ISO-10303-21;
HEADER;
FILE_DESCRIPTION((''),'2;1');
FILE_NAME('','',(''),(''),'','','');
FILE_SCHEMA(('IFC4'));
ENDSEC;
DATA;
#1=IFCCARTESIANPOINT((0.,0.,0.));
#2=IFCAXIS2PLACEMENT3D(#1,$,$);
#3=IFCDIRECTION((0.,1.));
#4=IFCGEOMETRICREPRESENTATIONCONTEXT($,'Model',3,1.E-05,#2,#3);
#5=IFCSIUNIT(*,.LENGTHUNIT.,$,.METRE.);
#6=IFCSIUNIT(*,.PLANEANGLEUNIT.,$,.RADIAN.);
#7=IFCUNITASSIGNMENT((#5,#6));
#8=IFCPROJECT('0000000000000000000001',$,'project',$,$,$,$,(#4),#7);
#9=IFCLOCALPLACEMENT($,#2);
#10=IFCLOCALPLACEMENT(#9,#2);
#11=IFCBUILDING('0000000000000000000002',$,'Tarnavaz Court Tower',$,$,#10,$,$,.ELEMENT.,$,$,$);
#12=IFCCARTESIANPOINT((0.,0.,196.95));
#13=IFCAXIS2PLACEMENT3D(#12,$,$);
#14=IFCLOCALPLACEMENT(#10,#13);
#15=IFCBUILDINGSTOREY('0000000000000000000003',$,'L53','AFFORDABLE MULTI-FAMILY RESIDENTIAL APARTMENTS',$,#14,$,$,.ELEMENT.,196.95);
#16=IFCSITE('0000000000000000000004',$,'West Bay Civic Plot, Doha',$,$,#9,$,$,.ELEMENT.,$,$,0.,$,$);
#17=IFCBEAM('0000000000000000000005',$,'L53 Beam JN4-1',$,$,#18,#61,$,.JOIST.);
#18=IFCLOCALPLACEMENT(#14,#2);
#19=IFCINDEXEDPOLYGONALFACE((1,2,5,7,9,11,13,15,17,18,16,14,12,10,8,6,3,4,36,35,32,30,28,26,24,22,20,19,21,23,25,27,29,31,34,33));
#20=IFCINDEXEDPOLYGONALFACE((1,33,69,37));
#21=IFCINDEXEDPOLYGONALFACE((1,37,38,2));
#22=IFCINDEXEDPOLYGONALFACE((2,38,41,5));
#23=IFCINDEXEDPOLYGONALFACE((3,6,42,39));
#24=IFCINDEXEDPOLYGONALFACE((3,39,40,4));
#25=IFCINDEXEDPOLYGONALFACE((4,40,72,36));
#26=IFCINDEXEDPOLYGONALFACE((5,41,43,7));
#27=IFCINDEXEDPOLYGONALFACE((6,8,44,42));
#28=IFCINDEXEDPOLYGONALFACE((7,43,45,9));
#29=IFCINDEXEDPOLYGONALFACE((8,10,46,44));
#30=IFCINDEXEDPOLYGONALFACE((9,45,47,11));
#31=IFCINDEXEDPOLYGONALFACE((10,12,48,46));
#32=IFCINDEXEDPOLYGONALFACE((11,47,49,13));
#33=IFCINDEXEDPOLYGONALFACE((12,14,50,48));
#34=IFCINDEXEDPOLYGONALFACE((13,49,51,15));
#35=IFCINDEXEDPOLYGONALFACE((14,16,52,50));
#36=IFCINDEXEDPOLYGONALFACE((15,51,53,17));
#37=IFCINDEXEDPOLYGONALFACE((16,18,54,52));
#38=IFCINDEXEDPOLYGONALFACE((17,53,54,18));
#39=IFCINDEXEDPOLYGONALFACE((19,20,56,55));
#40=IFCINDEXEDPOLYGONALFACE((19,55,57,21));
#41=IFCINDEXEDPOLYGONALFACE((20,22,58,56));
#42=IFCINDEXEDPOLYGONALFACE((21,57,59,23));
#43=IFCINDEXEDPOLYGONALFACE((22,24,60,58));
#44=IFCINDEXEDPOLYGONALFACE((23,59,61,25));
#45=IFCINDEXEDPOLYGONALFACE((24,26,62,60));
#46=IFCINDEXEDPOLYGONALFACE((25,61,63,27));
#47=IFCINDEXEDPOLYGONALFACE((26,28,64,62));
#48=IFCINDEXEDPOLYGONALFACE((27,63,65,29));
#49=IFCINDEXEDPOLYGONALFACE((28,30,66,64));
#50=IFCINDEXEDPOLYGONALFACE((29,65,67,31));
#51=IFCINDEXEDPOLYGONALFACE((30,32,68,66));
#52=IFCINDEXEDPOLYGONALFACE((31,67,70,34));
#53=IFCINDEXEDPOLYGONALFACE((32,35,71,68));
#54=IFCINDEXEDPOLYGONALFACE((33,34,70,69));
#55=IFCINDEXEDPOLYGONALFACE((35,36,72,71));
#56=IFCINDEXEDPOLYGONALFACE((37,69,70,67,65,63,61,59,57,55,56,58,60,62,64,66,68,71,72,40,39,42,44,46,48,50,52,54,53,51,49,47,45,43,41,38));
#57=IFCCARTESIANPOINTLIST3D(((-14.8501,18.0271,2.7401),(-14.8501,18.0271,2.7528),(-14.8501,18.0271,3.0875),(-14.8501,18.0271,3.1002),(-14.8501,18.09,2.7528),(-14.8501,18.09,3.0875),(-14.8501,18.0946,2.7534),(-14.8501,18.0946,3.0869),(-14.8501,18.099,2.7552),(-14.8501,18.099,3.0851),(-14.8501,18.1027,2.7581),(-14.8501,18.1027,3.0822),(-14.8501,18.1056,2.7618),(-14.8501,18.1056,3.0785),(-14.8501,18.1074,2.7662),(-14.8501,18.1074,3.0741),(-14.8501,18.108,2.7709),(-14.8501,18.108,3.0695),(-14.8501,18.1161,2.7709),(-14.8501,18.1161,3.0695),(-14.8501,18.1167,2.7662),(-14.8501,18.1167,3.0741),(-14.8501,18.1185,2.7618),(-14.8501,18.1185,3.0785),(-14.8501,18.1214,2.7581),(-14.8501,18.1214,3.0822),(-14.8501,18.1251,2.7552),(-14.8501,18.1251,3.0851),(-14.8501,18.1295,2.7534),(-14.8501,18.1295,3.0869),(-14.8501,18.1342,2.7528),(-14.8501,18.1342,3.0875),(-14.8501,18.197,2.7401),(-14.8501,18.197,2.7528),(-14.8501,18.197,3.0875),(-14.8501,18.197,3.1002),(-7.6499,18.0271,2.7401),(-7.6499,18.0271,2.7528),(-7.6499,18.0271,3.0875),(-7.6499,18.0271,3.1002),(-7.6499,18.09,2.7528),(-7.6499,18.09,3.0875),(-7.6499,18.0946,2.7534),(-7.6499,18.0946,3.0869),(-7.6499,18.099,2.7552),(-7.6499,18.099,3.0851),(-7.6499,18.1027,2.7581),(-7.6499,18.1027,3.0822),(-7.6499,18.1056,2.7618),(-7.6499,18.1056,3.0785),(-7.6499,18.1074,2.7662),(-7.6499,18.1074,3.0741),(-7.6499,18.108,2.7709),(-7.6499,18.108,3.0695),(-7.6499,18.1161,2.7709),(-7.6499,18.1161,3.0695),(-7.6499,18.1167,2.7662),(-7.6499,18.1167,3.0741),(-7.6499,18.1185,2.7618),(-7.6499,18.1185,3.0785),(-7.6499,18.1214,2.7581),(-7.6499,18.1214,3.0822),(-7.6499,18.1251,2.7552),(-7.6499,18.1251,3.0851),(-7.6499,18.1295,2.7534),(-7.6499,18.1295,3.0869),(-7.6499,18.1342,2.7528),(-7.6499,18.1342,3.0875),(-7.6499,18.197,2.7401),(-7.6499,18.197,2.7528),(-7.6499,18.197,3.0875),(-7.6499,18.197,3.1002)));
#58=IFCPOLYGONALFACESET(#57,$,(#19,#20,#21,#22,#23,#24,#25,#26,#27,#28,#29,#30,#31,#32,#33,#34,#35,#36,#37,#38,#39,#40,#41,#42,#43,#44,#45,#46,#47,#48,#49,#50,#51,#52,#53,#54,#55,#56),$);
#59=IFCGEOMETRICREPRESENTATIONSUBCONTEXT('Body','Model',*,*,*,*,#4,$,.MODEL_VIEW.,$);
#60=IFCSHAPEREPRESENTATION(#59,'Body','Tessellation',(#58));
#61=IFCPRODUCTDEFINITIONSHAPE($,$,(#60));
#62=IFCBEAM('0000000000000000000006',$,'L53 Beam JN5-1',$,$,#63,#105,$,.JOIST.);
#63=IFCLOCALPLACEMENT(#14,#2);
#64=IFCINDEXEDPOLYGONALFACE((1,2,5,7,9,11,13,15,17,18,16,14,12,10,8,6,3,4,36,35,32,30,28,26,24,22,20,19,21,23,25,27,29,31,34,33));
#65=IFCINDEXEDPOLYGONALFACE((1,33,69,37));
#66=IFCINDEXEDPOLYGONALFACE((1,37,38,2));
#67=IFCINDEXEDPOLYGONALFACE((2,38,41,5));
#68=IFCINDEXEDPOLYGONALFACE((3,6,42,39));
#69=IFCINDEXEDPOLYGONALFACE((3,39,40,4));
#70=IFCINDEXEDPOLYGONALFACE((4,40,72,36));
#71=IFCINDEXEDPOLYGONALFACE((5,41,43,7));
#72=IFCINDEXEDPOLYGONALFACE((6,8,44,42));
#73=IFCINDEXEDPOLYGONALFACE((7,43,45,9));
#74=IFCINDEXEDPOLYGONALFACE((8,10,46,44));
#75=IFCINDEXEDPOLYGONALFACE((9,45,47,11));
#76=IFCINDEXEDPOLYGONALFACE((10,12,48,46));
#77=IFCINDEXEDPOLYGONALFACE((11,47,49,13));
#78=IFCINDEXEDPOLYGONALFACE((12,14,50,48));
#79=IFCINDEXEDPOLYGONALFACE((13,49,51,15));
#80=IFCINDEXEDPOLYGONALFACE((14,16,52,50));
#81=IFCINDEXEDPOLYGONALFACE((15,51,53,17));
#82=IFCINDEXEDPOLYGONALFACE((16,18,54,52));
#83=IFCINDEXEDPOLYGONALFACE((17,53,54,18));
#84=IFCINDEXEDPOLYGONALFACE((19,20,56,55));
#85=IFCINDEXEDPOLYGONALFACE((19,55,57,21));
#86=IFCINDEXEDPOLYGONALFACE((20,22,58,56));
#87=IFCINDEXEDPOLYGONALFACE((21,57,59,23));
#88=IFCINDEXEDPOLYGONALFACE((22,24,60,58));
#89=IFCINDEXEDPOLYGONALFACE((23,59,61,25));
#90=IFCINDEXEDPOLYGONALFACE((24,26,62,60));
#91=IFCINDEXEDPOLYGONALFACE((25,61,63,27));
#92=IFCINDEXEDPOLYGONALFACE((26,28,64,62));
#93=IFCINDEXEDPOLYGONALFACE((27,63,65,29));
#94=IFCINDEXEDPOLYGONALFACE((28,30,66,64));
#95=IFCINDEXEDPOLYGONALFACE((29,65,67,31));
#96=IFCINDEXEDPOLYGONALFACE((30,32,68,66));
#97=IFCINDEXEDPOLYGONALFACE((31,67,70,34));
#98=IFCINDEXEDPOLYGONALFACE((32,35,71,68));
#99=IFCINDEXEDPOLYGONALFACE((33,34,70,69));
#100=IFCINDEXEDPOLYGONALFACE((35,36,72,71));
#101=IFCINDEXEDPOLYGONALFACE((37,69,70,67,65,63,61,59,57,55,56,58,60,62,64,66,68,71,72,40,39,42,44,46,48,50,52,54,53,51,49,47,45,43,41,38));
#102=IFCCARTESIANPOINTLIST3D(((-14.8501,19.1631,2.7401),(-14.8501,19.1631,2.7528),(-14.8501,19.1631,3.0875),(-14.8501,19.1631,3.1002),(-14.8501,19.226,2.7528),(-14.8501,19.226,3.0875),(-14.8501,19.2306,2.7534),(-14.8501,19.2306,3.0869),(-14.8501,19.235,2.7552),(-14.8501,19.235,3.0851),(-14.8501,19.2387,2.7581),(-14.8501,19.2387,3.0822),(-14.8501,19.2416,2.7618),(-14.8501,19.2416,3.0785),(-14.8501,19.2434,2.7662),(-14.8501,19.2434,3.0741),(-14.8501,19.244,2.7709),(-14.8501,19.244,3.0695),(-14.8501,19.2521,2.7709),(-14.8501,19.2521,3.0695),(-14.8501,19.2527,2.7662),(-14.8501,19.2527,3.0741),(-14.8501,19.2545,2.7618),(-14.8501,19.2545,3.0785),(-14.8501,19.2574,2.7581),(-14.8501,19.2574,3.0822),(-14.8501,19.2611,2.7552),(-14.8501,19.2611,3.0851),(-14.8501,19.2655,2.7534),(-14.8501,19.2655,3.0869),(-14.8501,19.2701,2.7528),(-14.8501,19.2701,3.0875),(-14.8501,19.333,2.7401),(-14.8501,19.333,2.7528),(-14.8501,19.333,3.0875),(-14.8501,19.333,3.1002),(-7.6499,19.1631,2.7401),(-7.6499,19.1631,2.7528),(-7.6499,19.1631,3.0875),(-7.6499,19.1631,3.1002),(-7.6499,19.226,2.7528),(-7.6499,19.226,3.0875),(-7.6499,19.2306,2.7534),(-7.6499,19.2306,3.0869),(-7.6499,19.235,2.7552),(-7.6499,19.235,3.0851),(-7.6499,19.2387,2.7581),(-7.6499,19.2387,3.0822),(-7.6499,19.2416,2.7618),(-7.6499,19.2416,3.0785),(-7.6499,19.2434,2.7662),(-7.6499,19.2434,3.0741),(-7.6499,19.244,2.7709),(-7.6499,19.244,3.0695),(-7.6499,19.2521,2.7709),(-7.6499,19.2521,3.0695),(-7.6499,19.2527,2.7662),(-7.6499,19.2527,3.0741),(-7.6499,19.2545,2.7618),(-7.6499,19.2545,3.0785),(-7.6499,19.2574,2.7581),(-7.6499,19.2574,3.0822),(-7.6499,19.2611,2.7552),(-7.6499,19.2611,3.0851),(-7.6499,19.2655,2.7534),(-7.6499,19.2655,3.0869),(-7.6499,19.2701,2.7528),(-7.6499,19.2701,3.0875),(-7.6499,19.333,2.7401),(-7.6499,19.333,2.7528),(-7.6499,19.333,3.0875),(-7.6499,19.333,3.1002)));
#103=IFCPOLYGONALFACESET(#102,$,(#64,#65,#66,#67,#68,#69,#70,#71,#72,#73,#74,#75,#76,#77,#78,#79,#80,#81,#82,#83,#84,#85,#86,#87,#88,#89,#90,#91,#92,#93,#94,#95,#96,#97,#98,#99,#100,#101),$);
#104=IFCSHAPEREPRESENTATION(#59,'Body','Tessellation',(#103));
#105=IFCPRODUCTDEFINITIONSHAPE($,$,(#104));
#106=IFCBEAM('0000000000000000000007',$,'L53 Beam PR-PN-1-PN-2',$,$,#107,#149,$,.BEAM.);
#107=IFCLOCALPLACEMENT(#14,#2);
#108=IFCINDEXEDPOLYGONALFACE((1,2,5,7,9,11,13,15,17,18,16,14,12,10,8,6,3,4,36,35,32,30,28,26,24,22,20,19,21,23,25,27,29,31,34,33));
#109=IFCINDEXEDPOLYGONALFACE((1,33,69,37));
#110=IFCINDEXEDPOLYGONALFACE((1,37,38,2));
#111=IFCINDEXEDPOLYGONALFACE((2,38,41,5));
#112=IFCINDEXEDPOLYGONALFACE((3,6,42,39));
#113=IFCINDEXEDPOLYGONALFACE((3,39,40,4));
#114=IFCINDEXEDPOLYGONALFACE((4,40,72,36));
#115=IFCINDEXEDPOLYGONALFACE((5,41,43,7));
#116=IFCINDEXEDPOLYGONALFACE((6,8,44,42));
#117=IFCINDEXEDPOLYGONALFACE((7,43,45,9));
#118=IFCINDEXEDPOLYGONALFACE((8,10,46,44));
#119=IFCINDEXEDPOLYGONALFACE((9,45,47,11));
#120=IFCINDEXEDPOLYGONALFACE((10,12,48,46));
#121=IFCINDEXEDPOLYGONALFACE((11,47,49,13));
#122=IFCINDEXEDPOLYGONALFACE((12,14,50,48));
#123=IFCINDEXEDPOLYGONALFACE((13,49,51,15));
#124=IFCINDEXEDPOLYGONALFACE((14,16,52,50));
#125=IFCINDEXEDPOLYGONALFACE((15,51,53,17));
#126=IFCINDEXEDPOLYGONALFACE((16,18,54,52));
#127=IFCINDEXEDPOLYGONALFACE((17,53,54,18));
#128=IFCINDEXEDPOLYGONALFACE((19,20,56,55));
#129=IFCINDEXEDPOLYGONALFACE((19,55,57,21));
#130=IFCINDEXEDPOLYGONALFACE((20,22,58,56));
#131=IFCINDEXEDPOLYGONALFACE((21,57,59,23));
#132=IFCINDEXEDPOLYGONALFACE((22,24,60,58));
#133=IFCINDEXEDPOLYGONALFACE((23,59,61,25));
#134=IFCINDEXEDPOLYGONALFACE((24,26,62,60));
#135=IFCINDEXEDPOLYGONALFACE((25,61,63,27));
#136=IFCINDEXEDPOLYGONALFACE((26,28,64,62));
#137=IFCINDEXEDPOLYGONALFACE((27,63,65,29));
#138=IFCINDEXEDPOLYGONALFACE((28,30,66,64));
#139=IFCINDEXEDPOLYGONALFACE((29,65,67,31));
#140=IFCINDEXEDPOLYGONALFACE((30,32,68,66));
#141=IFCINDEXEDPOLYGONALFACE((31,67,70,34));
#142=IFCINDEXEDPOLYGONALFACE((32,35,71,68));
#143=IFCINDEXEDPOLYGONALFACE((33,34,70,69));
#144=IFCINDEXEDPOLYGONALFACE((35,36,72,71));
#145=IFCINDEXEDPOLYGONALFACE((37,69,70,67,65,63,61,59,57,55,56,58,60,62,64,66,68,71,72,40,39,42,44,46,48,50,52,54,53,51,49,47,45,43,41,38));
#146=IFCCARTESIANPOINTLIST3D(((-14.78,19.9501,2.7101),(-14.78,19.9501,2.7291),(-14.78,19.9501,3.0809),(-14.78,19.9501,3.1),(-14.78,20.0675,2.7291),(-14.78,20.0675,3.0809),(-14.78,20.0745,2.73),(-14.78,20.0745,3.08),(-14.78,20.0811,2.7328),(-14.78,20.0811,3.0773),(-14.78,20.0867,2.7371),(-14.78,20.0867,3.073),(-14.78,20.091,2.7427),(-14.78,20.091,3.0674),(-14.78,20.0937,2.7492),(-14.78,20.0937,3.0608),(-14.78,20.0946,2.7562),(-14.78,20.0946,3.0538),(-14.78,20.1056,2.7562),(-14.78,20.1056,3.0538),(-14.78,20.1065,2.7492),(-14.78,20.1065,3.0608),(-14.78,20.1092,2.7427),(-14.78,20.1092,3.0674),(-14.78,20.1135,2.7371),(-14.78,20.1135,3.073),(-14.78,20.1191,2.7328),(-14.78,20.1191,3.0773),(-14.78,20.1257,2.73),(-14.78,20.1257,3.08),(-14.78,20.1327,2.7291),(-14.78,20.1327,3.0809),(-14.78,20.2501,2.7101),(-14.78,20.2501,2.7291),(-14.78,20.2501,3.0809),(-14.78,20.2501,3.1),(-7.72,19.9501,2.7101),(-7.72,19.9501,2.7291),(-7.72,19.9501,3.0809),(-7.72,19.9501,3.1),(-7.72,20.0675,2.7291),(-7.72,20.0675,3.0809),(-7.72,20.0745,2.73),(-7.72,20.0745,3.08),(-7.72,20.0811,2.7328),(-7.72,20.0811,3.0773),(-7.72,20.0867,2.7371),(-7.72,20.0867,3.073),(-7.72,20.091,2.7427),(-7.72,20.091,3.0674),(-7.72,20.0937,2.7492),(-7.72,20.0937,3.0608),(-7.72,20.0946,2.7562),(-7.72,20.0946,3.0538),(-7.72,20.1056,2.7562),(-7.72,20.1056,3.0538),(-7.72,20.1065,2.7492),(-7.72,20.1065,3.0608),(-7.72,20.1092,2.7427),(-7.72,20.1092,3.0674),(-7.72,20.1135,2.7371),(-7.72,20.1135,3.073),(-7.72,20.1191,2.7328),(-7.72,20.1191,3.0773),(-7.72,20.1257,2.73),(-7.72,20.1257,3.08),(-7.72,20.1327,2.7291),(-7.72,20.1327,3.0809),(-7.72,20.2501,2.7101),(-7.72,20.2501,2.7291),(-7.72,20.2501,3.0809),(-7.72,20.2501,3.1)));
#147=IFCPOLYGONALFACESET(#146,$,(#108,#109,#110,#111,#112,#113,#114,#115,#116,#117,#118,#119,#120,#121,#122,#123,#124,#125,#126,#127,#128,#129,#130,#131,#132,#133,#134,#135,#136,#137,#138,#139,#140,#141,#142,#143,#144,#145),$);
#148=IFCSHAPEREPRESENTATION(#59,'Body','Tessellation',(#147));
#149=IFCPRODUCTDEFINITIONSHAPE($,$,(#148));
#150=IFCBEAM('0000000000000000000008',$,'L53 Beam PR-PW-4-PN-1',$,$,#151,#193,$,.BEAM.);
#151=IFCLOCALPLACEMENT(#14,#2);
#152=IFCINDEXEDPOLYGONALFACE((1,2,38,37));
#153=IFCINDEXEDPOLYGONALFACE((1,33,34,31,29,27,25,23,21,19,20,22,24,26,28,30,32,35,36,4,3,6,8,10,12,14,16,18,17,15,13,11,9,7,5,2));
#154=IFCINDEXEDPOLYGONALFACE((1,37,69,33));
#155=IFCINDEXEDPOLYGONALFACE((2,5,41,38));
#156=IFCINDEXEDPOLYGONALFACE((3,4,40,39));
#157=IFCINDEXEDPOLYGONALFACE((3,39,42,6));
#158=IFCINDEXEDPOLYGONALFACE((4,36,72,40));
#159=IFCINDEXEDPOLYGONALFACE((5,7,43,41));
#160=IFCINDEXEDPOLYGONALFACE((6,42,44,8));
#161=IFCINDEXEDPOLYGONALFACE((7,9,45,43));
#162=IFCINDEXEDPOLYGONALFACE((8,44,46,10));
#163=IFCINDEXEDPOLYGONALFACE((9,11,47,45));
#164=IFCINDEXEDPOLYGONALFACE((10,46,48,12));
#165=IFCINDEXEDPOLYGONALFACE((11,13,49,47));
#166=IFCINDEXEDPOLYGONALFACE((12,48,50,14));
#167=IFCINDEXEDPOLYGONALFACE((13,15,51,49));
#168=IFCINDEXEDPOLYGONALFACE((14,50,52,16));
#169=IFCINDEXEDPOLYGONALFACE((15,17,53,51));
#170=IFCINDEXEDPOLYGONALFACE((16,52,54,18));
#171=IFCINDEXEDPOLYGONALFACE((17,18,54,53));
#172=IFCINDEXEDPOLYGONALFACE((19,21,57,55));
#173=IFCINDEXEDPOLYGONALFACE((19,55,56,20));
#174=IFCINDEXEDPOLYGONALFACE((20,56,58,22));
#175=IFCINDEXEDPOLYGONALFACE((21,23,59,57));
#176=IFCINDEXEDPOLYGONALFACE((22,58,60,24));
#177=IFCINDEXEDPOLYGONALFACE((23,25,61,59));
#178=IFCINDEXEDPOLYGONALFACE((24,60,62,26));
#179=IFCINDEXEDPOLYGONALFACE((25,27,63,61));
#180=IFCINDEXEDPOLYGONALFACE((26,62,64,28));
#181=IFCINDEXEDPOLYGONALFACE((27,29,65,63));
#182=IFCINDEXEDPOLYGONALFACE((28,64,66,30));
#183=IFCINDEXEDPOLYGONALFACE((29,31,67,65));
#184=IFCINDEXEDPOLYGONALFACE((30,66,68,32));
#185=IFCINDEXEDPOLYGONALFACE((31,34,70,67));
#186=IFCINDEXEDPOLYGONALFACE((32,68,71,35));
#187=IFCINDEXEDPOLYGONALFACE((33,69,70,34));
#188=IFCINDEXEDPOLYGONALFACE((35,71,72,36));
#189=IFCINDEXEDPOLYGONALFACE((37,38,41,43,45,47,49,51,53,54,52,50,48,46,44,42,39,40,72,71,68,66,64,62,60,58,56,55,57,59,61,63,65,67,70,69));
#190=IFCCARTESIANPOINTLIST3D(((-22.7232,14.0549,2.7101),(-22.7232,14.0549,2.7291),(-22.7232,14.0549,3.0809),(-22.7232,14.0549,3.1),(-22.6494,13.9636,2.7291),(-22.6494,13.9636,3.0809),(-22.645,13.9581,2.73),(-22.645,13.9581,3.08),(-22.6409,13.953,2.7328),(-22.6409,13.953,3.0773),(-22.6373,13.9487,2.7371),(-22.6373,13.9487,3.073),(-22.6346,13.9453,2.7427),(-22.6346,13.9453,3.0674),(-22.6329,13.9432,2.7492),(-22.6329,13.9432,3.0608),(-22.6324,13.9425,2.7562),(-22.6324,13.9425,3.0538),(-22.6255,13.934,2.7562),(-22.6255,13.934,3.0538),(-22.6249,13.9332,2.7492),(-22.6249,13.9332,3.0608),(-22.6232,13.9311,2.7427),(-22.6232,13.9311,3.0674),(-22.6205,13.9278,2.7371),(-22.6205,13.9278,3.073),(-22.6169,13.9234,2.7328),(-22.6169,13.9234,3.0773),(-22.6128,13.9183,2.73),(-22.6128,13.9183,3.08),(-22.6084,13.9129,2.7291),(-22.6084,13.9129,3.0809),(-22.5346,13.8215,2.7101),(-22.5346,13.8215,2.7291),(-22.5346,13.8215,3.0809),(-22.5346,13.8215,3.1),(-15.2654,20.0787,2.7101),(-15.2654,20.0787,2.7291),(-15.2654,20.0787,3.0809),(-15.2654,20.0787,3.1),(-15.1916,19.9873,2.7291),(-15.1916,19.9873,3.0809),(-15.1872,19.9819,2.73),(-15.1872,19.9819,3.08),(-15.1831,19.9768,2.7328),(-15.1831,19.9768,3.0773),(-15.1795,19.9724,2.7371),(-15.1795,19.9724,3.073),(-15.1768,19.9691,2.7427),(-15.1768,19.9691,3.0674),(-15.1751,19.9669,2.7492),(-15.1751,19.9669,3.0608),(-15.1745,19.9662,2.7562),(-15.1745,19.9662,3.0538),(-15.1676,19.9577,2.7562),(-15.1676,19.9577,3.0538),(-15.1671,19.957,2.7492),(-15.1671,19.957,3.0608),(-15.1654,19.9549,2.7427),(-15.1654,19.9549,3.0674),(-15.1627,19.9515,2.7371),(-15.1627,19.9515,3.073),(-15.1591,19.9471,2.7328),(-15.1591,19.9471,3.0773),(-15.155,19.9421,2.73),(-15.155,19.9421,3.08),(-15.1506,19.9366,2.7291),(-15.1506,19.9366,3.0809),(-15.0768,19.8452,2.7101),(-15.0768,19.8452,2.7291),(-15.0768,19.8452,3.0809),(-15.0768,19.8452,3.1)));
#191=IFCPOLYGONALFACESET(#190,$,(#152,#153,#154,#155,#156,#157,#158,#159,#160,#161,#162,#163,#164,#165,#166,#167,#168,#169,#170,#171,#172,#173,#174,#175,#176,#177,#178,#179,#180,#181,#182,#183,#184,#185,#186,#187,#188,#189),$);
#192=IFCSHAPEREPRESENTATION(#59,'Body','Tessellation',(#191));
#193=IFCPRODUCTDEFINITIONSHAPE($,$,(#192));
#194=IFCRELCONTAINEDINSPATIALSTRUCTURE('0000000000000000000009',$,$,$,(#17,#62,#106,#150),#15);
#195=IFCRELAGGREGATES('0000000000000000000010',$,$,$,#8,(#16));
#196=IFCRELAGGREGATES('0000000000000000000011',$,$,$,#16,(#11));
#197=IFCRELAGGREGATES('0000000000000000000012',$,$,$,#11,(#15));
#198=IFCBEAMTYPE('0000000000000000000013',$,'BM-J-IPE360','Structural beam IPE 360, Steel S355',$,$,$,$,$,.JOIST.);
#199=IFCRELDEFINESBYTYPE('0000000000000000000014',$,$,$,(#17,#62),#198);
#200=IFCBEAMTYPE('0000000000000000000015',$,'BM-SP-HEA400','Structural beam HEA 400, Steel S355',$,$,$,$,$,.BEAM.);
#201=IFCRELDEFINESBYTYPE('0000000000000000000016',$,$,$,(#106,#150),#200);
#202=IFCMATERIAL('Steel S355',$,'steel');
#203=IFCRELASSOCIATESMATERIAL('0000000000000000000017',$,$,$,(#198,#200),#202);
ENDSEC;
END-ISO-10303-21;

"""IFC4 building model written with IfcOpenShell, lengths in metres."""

from ifc_helpers import new_model, si_unit, direction, frame, origin, origin_2d, place, context, subcontext, project, spatial, i_section, extrude, material, material_profile, profile_set, type_object, element, save


model = new_model("IFC4")

# Units and contexts
model_context = context("Model", 3, precision=1e-05, world=origin(), true_north=direction((0.0, 1.0)))
body_context = subcontext(model_context, "Body", "Model", "MODEL_VIEW")
ifc_project = project(units=[si_unit("LENGTHUNIT", "METRE"), si_unit("PLANEANGLEUNIT", "RADIAN")], contexts=[model_context])

# Site, building, storey
site_placement = place(None, origin())
site = spatial("IfcSite", under=ifc_project, at=site_placement, Name="West Bay Civic Plot, Doha", CompositionType="ELEMENT", RefElevation=0.0)
building_placement = place(site_placement, origin())
building = spatial("IfcBuilding", under=site, at=building_placement, Name="Tarnavaz Court Tower", CompositionType="ELEMENT")
storey_placement = place(building_placement, frame((0.0, 0.0, 196.95)))
storey = spatial("IfcBuildingStorey", under=building, at=storey_placement, Name="L53", Description="AFFORDABLE MULTI-FAMILY RESIDENTIAL APARTMENTS", CompositionType="ELEMENT", Elevation=196.95)

# Beams
ifc_material_1 = material(Name="Steel S355", Category="steel")
ifc_material_profile_1 = material_profile(ifc_material_1, i_section(OverallWidth=0.1699, OverallDepth=0.3601, WebThickness=0.0081, FlangeThickness=0.0127, FilletRadius=0.0181, at=origin_2d()), Name="IPE 360")
ifc_profile_set_1 = profile_set([ifc_material_profile_1], Name="Steel S355")
beam_type_1 = type_object("IfcBeamType", Name="BM-J-IPE360", Description="Structural beam IPE 360, Steel S355", PredefinedType="JOIST", material=ifc_profile_set_1)
for number, where, z_axis, x_axis, name in (
    (1, (-14.8501, 18.1121, 2.9202), (1.0, 0.0, 0.0), (0.0, 1.0, 0.0), "L53 Beam JN4-1"),
    (2, (-14.8501, 19.248, 2.9202), (1.0, 0.0, 0.0), (0.0, 1.0, 0.0), "L53 Beam JN5-1"),
):
    element("IfcBeam", number, at=place(storey_placement, frame(where, z_axis=z_axis, x_axis=x_axis)), inside=storey, type_object=beam_type_1, Name=name, PredefinedType="JOIST", context=body_context, shape_type="SweptSolid", body=[
        extrude(i_section(OverallWidth=0.1699, OverallDepth=0.3601, WebThickness=0.0081, FlangeThickness=0.0127, FilletRadius=0.0181, at=origin_2d()), origin(), (0.0, 0.0, 1.0), 7.2002),
    ])
ifc_material_profile_2 = material_profile(ifc_material_1, i_section(OverallWidth=0.3, OverallDepth=0.3899, WebThickness=0.011, FlangeThickness=0.019, FilletRadius=0.0271, at=origin_2d()), Name="HEA 400")
ifc_profile_set_2 = profile_set([ifc_material_profile_2], Name="Steel S355")
beam_type_2 = type_object("IfcBeamType", Name="BM-SP-HEA400", Description="Structural beam HEA 400, Steel S355", PredefinedType="BEAM", material=ifc_profile_set_2)
beam_1_placement = place(storey_placement, frame((-14.78, 20.1001, 2.905), z_axis=(1.0, 0.0, 0.0), x_axis=(0.0, 1.0, 0.0)))
element("IfcBeam", 3, at=beam_1_placement, inside=storey, type_object=beam_type_2, Name="L53 Beam PR-PN-1-PN-2", PredefinedType="BEAM", context=body_context, shape_type="SweptSolid", body=[
    extrude(i_section(OverallWidth=0.3, OverallDepth=0.3899, WebThickness=0.011, FlangeThickness=0.019, FilletRadius=0.0271, at=origin_2d()), origin(), (0.0, 0.0, 1.0), 7.0601),
])
beam_2_placement = place(storey_placement, frame((-22.6289, 13.9382, 2.905), z_axis=(0.777936, 0.628344, 0.0), x_axis=(-0.628344, 0.777936, 0.0)))
element("IfcBeam", 4, at=beam_2_placement, inside=storey, type_object=beam_type_2, Name="L53 Beam PR-PW-4-PN-1", PredefinedType="BEAM", context=body_context, shape_type="SweptSolid", body=[
    extrude(i_section(OverallWidth=0.3, OverallDepth=0.3899, WebThickness=0.011, FlangeThickness=0.019, FilletRadius=0.0271, at=origin_2d()), origin(), (0.0, 0.0, 1.0), 9.5867),
])

save(model, "model.ifc")
